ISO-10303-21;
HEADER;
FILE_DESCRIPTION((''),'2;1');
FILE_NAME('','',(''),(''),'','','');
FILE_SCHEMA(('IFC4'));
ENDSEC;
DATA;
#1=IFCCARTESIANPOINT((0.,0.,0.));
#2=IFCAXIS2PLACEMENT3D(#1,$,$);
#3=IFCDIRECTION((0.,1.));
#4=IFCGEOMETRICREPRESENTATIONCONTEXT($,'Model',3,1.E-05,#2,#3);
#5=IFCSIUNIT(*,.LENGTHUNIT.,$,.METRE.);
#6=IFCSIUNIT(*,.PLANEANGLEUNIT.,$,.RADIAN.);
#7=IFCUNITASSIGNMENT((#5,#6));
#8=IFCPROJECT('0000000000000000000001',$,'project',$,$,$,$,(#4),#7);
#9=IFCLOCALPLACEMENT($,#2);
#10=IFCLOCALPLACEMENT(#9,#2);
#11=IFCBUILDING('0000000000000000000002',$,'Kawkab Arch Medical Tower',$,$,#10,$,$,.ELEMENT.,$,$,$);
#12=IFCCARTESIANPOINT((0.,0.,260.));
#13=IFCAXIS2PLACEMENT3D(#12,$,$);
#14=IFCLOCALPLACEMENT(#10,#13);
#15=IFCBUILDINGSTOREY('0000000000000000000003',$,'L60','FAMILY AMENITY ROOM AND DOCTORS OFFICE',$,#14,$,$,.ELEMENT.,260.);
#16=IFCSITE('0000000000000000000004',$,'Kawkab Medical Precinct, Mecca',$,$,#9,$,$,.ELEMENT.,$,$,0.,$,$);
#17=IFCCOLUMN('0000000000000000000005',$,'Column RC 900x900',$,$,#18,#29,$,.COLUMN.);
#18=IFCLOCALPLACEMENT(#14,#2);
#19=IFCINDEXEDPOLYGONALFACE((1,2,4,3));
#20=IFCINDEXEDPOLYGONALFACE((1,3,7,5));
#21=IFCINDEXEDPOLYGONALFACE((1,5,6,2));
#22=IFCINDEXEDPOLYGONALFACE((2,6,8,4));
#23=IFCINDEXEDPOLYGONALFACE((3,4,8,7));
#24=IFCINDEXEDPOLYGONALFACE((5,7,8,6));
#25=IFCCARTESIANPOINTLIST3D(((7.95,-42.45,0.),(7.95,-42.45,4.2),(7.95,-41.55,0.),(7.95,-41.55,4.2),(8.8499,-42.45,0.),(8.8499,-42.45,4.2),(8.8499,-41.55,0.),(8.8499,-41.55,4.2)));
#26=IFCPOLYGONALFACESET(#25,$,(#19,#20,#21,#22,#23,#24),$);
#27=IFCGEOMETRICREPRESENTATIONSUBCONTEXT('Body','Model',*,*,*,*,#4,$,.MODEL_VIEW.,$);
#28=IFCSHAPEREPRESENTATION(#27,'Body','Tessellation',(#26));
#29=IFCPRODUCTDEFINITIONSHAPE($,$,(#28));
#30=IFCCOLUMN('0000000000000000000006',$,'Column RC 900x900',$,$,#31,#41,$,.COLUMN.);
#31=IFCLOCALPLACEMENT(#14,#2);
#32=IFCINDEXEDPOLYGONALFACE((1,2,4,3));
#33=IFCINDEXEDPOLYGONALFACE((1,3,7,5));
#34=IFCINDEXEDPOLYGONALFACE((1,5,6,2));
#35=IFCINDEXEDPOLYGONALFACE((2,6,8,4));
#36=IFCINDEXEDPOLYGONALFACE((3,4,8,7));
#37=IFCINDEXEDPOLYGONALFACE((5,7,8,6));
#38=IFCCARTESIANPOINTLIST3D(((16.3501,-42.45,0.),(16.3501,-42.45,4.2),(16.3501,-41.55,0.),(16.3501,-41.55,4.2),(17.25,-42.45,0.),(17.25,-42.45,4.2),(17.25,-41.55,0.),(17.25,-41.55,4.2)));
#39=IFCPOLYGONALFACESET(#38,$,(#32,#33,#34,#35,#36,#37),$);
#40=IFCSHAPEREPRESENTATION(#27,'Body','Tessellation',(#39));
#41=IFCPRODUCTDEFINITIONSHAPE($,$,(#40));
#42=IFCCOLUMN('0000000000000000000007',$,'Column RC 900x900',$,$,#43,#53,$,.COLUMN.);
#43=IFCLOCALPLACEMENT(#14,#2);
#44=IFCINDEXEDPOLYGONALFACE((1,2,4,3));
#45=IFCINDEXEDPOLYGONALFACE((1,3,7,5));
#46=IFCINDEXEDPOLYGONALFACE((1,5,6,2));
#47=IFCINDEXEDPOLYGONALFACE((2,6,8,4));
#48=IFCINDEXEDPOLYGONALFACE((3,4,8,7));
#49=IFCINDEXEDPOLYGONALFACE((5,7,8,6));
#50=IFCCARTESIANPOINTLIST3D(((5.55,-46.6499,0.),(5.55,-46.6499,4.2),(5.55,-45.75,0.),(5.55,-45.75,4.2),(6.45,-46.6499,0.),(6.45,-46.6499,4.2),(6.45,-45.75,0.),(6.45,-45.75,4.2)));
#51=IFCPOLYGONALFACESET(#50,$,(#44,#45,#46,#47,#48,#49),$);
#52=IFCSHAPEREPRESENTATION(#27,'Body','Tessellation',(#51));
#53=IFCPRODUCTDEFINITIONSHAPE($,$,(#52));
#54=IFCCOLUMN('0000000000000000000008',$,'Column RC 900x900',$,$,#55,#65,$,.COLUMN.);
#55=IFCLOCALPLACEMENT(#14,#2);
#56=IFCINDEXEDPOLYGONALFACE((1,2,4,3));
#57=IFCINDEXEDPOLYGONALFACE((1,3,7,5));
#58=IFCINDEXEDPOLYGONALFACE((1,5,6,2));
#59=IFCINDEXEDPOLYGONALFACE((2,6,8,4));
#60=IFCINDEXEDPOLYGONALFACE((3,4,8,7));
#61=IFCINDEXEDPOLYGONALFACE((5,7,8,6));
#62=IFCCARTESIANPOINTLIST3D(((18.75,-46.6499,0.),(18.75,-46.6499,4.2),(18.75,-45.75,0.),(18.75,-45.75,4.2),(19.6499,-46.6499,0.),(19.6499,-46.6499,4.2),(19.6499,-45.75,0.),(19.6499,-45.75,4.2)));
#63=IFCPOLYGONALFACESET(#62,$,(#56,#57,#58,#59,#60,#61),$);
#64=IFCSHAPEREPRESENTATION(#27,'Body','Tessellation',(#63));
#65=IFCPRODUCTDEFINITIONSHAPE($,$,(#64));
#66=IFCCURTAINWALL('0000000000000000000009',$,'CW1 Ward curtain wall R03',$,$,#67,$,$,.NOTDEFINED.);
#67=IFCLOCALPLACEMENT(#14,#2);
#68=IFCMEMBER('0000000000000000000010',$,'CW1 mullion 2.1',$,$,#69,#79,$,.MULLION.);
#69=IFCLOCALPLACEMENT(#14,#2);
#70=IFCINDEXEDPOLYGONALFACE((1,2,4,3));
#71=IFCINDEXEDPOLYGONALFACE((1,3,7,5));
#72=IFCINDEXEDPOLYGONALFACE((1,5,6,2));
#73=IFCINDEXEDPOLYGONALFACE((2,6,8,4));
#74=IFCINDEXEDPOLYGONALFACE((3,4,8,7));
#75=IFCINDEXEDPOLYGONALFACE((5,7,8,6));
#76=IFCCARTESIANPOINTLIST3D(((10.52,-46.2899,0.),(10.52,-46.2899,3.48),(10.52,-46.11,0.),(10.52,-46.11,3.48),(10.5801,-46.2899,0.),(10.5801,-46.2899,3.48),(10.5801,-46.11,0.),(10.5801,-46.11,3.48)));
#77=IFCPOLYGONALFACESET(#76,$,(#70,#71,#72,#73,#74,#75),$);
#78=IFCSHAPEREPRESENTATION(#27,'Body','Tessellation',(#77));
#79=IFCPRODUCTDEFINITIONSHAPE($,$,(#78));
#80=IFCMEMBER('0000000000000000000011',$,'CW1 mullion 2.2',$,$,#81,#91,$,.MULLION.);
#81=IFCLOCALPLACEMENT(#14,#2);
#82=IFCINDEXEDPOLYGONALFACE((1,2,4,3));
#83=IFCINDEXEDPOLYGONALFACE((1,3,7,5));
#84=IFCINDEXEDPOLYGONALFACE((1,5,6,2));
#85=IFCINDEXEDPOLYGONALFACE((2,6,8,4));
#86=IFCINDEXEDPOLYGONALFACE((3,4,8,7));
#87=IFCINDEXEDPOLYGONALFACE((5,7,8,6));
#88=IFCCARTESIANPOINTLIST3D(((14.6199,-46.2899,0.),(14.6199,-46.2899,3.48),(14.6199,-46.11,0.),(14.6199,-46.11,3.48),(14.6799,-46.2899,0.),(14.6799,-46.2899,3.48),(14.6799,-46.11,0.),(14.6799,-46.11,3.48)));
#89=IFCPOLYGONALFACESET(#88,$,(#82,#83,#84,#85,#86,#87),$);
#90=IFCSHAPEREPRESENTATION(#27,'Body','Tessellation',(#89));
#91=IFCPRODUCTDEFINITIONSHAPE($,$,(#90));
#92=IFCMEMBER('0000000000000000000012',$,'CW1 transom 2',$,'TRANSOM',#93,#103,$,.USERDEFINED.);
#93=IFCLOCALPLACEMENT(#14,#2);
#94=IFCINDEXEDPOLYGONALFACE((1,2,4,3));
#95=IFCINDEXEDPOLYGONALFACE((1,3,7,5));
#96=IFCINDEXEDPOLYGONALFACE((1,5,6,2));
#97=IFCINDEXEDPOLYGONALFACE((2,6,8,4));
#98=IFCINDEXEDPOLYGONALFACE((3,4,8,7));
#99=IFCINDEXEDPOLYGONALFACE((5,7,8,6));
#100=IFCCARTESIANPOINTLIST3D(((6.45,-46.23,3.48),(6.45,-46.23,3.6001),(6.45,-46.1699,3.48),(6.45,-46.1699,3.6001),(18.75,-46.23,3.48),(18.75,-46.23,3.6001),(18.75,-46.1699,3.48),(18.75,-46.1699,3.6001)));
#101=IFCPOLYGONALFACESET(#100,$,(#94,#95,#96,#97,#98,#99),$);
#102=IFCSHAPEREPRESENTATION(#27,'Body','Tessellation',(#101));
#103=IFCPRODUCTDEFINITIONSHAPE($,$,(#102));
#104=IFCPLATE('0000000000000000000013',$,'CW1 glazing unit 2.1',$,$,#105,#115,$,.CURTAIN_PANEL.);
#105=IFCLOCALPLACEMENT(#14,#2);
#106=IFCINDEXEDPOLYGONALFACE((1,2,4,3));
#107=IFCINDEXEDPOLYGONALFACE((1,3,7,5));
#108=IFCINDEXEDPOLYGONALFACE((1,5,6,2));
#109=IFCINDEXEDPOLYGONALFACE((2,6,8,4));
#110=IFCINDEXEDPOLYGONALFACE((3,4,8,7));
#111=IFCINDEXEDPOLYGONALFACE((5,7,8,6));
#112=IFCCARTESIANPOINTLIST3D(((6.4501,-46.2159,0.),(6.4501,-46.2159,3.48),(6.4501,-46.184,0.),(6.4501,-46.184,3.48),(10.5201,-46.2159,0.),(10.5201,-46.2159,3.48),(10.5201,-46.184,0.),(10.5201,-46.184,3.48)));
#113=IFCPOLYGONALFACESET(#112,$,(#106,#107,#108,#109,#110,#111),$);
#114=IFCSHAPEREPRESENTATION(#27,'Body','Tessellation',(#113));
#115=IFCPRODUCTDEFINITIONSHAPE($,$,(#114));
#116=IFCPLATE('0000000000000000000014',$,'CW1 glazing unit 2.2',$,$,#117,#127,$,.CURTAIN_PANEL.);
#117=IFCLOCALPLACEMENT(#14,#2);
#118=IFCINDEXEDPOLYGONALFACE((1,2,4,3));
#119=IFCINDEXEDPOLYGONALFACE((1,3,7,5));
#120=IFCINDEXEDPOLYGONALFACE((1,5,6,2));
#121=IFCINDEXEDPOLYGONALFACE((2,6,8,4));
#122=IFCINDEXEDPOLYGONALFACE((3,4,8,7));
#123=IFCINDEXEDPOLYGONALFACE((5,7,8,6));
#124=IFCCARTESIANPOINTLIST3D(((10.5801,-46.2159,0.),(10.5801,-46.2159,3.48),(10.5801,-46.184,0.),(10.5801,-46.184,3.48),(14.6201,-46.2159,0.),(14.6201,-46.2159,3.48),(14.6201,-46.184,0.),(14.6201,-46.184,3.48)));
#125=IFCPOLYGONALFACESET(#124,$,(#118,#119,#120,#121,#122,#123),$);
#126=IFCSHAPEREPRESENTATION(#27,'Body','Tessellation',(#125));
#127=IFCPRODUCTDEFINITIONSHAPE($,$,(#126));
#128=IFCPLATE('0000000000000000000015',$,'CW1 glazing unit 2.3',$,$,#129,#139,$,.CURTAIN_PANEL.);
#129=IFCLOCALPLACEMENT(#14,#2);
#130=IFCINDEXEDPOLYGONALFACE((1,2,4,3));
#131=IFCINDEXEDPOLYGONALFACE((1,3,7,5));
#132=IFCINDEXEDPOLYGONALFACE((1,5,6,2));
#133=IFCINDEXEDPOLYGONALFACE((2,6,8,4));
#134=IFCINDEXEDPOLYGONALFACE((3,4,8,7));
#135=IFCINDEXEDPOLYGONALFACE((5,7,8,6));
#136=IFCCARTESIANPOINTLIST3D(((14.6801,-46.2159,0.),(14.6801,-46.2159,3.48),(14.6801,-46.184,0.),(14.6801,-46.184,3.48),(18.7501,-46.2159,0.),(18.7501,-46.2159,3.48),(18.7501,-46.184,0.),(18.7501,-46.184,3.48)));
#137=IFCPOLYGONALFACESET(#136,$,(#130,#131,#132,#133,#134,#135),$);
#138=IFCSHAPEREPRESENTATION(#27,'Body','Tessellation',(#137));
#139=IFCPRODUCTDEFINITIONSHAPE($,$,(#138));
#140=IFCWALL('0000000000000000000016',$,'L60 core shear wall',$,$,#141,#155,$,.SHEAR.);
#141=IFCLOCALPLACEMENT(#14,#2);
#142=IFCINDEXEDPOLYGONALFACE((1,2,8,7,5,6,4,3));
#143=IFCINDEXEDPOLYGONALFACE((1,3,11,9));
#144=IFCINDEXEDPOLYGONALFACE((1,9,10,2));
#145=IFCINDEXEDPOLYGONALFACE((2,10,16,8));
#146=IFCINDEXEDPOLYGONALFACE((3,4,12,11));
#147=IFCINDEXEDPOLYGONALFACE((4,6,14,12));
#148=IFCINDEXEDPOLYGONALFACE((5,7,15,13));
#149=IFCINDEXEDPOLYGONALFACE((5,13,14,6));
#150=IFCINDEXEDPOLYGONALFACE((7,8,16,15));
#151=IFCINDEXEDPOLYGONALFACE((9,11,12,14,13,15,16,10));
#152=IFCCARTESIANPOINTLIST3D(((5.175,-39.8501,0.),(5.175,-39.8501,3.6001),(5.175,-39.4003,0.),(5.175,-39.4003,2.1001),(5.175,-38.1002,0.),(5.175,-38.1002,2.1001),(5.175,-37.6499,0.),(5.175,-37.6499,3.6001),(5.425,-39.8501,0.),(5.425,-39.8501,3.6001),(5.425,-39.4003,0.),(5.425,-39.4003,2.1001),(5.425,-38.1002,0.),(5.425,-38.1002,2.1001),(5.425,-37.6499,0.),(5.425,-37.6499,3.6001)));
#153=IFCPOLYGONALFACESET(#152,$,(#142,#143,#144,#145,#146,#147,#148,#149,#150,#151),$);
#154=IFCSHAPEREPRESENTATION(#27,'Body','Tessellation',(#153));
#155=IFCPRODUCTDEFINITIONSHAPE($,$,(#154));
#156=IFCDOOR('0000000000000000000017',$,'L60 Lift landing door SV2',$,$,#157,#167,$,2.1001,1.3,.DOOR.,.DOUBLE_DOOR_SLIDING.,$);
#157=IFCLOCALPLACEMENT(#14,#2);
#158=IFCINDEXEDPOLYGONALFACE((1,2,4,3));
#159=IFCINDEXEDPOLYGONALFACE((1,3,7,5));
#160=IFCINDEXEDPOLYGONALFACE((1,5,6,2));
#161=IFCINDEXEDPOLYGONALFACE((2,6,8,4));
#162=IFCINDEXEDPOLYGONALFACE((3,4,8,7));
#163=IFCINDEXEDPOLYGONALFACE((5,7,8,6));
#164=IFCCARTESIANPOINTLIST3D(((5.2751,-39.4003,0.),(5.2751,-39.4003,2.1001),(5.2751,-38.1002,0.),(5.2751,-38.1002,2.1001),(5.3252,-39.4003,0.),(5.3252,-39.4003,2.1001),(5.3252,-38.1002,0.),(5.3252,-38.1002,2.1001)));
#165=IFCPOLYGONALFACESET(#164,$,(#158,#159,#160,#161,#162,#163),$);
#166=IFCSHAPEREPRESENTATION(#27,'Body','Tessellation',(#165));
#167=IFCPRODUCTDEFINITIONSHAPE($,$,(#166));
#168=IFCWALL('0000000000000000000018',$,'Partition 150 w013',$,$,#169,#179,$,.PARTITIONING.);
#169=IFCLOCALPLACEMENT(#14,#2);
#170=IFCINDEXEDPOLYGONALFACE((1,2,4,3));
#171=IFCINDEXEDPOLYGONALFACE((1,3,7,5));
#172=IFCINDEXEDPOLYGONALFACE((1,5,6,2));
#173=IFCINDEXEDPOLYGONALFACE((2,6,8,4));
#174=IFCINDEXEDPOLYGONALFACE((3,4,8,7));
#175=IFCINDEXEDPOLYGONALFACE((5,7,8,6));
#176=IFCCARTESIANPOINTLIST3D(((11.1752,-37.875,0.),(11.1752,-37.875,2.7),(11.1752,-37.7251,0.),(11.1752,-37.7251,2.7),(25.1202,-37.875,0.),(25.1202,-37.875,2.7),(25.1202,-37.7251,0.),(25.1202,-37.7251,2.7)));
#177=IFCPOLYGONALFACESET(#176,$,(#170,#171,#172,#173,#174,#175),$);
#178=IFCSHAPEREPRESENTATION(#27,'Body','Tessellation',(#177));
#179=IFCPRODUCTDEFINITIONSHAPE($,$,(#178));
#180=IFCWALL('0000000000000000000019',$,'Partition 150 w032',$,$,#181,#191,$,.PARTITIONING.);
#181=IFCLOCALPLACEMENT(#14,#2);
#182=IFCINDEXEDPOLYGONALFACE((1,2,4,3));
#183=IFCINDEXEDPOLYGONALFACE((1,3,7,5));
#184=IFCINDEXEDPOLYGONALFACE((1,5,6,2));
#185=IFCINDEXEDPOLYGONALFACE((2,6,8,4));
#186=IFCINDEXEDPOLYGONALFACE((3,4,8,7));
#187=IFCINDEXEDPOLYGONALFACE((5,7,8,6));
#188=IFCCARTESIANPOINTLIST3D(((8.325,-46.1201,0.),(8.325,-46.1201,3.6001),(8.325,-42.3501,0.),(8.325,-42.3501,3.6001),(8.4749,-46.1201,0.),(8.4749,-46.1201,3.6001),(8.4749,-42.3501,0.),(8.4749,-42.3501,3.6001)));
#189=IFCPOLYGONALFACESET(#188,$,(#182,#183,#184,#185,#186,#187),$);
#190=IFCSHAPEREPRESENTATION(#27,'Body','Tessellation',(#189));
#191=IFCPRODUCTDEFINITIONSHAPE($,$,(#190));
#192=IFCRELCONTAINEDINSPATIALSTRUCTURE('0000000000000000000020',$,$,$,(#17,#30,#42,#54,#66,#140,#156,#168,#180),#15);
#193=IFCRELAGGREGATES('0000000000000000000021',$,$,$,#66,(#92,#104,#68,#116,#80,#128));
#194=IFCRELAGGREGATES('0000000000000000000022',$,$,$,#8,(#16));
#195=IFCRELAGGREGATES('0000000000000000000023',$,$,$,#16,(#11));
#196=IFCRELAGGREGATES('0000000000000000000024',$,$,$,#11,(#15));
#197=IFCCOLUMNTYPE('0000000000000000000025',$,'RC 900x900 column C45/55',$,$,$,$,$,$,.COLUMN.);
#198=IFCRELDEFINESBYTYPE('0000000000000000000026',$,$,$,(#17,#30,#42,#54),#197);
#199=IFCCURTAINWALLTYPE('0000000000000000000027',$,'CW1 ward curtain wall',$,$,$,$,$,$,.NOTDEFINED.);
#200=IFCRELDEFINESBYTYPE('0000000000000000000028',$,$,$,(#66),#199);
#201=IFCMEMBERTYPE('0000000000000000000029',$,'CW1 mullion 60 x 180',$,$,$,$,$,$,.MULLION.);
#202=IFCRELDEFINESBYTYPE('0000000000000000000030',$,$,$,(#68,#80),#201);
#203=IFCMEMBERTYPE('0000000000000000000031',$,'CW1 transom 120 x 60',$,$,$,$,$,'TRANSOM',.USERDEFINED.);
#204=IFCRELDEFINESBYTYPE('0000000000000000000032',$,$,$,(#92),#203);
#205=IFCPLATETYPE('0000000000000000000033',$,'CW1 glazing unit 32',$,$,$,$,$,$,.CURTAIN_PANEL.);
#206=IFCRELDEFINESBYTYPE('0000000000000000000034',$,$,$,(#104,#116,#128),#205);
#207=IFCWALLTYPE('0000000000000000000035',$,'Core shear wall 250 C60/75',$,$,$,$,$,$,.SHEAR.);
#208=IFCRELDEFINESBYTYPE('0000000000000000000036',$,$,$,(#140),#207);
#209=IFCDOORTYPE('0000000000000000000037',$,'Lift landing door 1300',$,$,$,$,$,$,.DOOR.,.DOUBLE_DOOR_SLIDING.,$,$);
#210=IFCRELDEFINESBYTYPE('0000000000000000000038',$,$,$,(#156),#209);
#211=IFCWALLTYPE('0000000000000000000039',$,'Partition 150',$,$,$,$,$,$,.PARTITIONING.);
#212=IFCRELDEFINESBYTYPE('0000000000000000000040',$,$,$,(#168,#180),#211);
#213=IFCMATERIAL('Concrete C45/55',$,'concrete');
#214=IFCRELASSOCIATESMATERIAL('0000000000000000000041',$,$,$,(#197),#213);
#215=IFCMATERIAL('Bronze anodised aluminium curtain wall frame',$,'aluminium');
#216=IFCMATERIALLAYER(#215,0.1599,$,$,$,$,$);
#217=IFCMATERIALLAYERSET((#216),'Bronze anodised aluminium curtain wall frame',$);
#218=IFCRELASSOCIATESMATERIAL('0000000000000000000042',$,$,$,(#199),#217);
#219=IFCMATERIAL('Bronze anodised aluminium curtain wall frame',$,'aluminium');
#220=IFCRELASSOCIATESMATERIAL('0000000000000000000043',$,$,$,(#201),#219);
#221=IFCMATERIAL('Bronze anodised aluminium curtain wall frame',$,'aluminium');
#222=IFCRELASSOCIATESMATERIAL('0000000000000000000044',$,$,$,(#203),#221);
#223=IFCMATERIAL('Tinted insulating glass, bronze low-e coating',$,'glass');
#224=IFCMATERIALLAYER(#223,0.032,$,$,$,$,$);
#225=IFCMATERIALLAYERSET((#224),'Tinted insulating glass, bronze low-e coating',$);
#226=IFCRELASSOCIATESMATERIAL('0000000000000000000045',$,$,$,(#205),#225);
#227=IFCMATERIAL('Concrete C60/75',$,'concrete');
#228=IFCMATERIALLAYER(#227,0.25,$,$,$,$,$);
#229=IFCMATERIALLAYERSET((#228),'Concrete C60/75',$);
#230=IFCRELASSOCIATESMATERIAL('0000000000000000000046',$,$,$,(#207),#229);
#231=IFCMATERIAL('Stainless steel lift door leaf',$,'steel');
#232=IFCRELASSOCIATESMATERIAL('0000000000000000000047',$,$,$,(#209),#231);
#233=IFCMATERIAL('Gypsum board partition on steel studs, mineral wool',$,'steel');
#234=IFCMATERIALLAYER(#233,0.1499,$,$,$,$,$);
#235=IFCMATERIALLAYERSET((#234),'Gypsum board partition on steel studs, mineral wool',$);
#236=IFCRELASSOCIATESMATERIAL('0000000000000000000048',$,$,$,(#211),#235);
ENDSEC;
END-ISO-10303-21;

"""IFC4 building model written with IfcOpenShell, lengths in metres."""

from ifc_helpers import new_model, si_unit, direction, frame, frame_2d, origin, origin_2d, place, context, subcontext, project, spatial, rectangle, extrude, material, layer, layer_set, material_profile, profile_set, type_object, element, fill, aggregate, save


model = new_model("IFC4")

# Units and contexts
model_context = context("Model", 3, precision=1e-05, world=origin(), true_north=direction((0.0, 1.0)))
body_context = subcontext(model_context, "Body", "Model", "MODEL_VIEW")
ifc_project = project(units=[si_unit("LENGTHUNIT", "METRE"), si_unit("PLANEANGLEUNIT", "RADIAN")], contexts=[model_context])

# Site, building, storey
site_placement = place(None, origin())
site = spatial("IfcSite", under=ifc_project, at=site_placement, Name="Kawkab Medical Precinct, Mecca", CompositionType="ELEMENT", RefElevation=0.0)
building_placement = place(site_placement, origin())
building = spatial("IfcBuilding", under=site, at=building_placement, Name="Kawkab Arch Medical Tower", CompositionType="ELEMENT")
storey_placement = place(building_placement, frame((0.0, 0.0, 260.0)))
storey = spatial("IfcBuildingStorey", under=building, at=storey_placement, Name="L60", Description="FAMILY AMENITY ROOM AND DOCTORS OFFICE", CompositionType="ELEMENT", Elevation=260.0)

# Columns
ifc_material_1 = material(Name="Concrete C45/55", Category="concrete")
ifc_material_profile_1 = material_profile(ifc_material_1, rectangle(XDim=0.8999, YDim=0.8999, at=origin_2d()), Name="RC 900x900")
ifc_profile_set_1 = profile_set([ifc_material_profile_1], Name="Concrete C45/55")
column_type = type_object("IfcColumnType", Name="RC 900x900 column C45/55", PredefinedType="COLUMN", material=ifc_profile_set_1)
for number, where, z_axis, x_axis, name in (
    (1, (8.3999, -42.0, 0.0), (0.0, 0.0, 1.0), (1.0, 0.0, 0.0), "Column RC 900x900"),
    (2, (16.8, -42.0, 0.0), (0.0, 0.0, 1.0), (1.0, 0.0, 0.0), "Column RC 900x900"),
    (3, (6.0, -46.2, 0.0), (0.0, 0.0, 1.0), (1.0, 0.0, 0.0), "Column RC 900x900"),
    (4, (19.2, -46.2, 0.0), (0.0, 0.0, 1.0), (1.0, 0.0, 0.0), "Column RC 900x900"),
):
    element("IfcColumn", number, at=place(storey_placement, frame(where, z_axis=z_axis, x_axis=x_axis)), inside=storey, type_object=column_type, Name=name, PredefinedType="COLUMN", context=body_context, shape_type="SweptSolid", body=[
        extrude(rectangle(XDim=0.8999, YDim=0.8999, at=origin_2d()), origin(), (0.0, 0.0, 1.0), 4.2),
    ])

# Curtain wall, members, plates
ifc_material_2 = material(Name="Bronze anodised aluminium curtain wall frame", Category="aluminium")
ifc_layer_1 = layer(ifc_material_2, 0.1599)
ifc_layer_set_1 = layer_set([ifc_layer_1], Name="Bronze anodised aluminium curtain wall frame")
curtain_wall_type = type_object("IfcCurtainWallType", Name="CW1 ward curtain wall", PredefinedType="NOTDEFINED", material=ifc_layer_set_1)
placement = place(storey_placement, origin())
curtain_wall = element("IfcCurtainWall", 5, at=placement, inside=storey, type_object=curtain_wall_type, Name="CW1 Ward curtain wall R03", PredefinedType="NOTDEFINED")
ifc_material_3 = material(Name="Bronze anodised aluminium curtain wall frame", Category="aluminium")
ifc_material_profile_2 = material_profile(ifc_material_3, rectangle(XDim=0.1799, YDim=0.0601, at=origin_2d()), Name="AL 60x180")
ifc_profile_set_2 = profile_set([ifc_material_profile_2], Name="Bronze anodised aluminium curtain wall frame")
member_type_1 = type_object("IfcMemberType", Name="CW1 mullion 60 x 180", PredefinedType="MULLION", material=ifc_profile_set_2)
member_1_placement = place(storey_placement, frame((10.55, -46.2, 0.0), z_axis=(0.0, 0.0, 1.0), x_axis=(0.0, 1.0, 0.0)))
member_1 = element("IfcMember", 6, at=member_1_placement, type_object=member_type_1, Name="CW1 mullion 2.1", PredefinedType="MULLION", context=body_context, shape_type="SweptSolid", body=[
    extrude(rectangle(XDim=0.1799, YDim=0.0601, at=origin_2d()), origin(), (0.0, 0.0, 1.0), 3.48),
])
member_2_placement = place(storey_placement, frame((14.6499, -46.2, 0.0), z_axis=(0.0, 0.0, 1.0), x_axis=(0.0, 1.0, 0.0)))
member_2 = element("IfcMember", 7, at=member_2_placement, type_object=member_type_1, Name="CW1 mullion 2.2", PredefinedType="MULLION", context=body_context, shape_type="SweptSolid", body=[
    extrude(rectangle(XDim=0.1799, YDim=0.0601, at=origin_2d()), origin(), (0.0, 0.0, 1.0), 3.48),
])
ifc_material_4 = material(Name="Bronze anodised aluminium curtain wall frame", Category="aluminium")
ifc_material_profile_3 = material_profile(ifc_material_4, rectangle(XDim=0.0601, YDim=0.1201, at=origin_2d()), Name="AL 60x120")
ifc_profile_set_3 = profile_set([ifc_material_profile_3], Name="Bronze anodised aluminium curtain wall frame")
member_type_2 = type_object("IfcMemberType", Name="CW1 transom 120 x 60", ElementType="TRANSOM", PredefinedType="USERDEFINED", material=ifc_profile_set_3)
member_3_placement = place(storey_placement, frame((6.45, -46.2, 3.54), z_axis=(1.0, 0.0, 0.0), x_axis=(0.0, 1.0, 0.0)))
member_3 = element("IfcMember", 8, at=member_3_placement, type_object=member_type_2, Name="CW1 transom 2", ObjectType="TRANSOM", PredefinedType="USERDEFINED", context=body_context, shape_type="SweptSolid", body=[
    extrude(rectangle(XDim=0.0601, YDim=0.1201, at=origin_2d()), origin(), (0.0, 0.0, 1.0), 12.3),
])
ifc_material_5 = material(Name="Tinted insulating glass, bronze low-e coating", Category="glass")
ifc_layer_2 = layer(ifc_material_5, 0.032)
ifc_layer_set_2 = layer_set([ifc_layer_2], Name="Tinted insulating glass, bronze low-e coating")
plate_type = type_object("IfcPlateType", Name="CW1 glazing unit 32", PredefinedType="CURTAIN_PANEL", material=ifc_layer_set_2)
plate_1_placement = place(storey_placement, frame((8.4851, -46.2, 0.0), z_axis=(0.0, 0.0, 1.0), x_axis=(1.0, 0.0, 0.0)))
plate_1 = element("IfcPlate", 9, at=plate_1_placement, type_object=plate_type, Name="CW1 glazing unit 2.1", PredefinedType="CURTAIN_PANEL", context=body_context, shape_type="SweptSolid", body=[
    extrude(rectangle(XDim=4.0701, YDim=0.032, at=origin_2d()), origin(), (0.0, 0.0, 1.0), 3.48),
])
plate_2_placement = place(storey_placement, frame((12.6001, -46.2, 0.0), z_axis=(0.0, 0.0, 1.0), x_axis=(1.0, 0.0, 0.0)))
plate_2 = element("IfcPlate", 10, at=plate_2_placement, type_object=plate_type, Name="CW1 glazing unit 2.2", PredefinedType="CURTAIN_PANEL", context=body_context, shape_type="SweptSolid", body=[
    extrude(rectangle(XDim=4.04, YDim=0.032, at=origin_2d()), origin(), (0.0, 0.0, 1.0), 3.48),
])
plate_3_placement = place(storey_placement, frame((16.7151, -46.2, 0.0), z_axis=(0.0, 0.0, 1.0), x_axis=(1.0, 0.0, 0.0)))
plate_3 = element("IfcPlate", 11, at=plate_3_placement, type_object=plate_type, Name="CW1 glazing unit 2.3", PredefinedType="CURTAIN_PANEL", context=body_context, shape_type="SweptSolid", body=[
    extrude(rectangle(XDim=4.0701, YDim=0.032, at=origin_2d()), origin(), (0.0, 0.0, 1.0), 3.48),
])
aggregate(curtain_wall, [member_3, plate_1, member_1, plate_2, member_2, plate_3])

# Wall, opening, door
ifc_material_6 = material(Name="Concrete C60/75", Category="concrete")
ifc_layer_3 = layer(ifc_material_6, 0.25)
ifc_layer_set_3 = layer_set([ifc_layer_3], Name="Concrete C60/75")
wall_type_1 = type_object("IfcWallType", Name="Core shear wall 250 C60/75", PredefinedType="SHEAR", material=ifc_layer_set_3)
wall_1_placement = place(storey_placement, frame((5.3, -39.8501, 0.0), z_axis=(0.0, 0.0, 1.0), x_axis=(0.0, 1.0, 0.0)))
wall_1 = element("IfcWall", 12, at=wall_1_placement, inside=storey, type_object=wall_type_1, Name="L60 core shear wall", PredefinedType="SHEAR", context=body_context, shape_type="SweptSolid", body=[
    extrude(rectangle(XDim=2.2002, YDim=0.25, at=frame_2d((1.1001, 0.0))), origin(), (0.0, 0.0, 1.0), 3.6001),
])
opening_1_placement = place(wall_1_placement, frame((0.45, 0.0, 0.0)))
opening_1 = element("IfcOpeningElement", 13, at=opening_1_placement, cuts=wall_1, PredefinedType="OPENING", context=body_context, shape_type="SweptSolid", body=[
    extrude(rectangle(XDim=1.3, YDim=2.1001, at=frame_2d((0.6499, 1.05))), frame((0.0, 0.135, 0.0), z_axis=(0.0, -1.0, 0.0), x_axis=(1.0, 0.0, 0.0)), (0.0, 0.0, 1.0), 0.27),
])
ifc_material_7 = material(Name="Stainless steel lift door leaf", Category="steel")
door_type_1 = type_object("IfcDoorType", Name="Lift landing door 1300", OperationType="DOUBLE_DOOR_SLIDING", PredefinedType="DOOR", material=ifc_material_7)
door_1_placement = place(opening_1_placement, origin())
door_1 = element("IfcDoor", 14, at=door_1_placement, inside=storey, type_object=door_type_1, Name="L60 Lift landing door SV2", OperationType="DOUBLE_DOOR_SLIDING", OverallHeight=2.1001, OverallWidth=1.3, PredefinedType="DOOR", context=body_context, shape_type="SweptSolid", body=[
    extrude(rectangle(XDim=1.3, YDim=2.1001, at=frame_2d((0.6499, 1.05))), frame((0.0, 0.0249, 0.0), z_axis=(0.0, -1.0, 0.0), x_axis=(1.0, 0.0, 0.0)), (0.0, 0.0, 1.0), 0.05),
])
fill(opening_1, door_1)

# Walls
ifc_material_8 = material(Name="Gypsum board partition on steel studs, mineral wool", Category="steel")
ifc_layer_4 = layer(ifc_material_8, 0.1499)
ifc_layer_set_4 = layer_set([ifc_layer_4], Name="Gypsum board partition on steel studs, mineral wool")
wall_type_2 = type_object("IfcWallType", Name="Partition 150", PredefinedType="PARTITIONING", material=ifc_layer_set_4)
wall_2_placement = place(storey_placement, frame((11.175, -37.8, 0.0), z_axis=(0.0, 0.0, 1.0), x_axis=(1.0, 0.0, 0.0)))
element("IfcWall", 15, at=wall_2_placement, inside=storey, type_object=wall_type_2, Name="Partition 150 w013", PredefinedType="PARTITIONING", context=body_context, shape_type="SweptSolid", body=[
    extrude(rectangle(XDim=13.9451, YDim=0.1499, at=frame_2d((6.9727, 0.0))), origin(), (0.0, 0.0, 1.0), 2.7),
])
wall_3_placement = place(storey_placement, frame((8.3999, -46.1201, 0.0), z_axis=(0.0, 0.0, 1.0), x_axis=(0.0, 1.0, 0.0)))
element("IfcWall", 16, at=wall_3_placement, inside=storey, type_object=wall_type_2, Name="Partition 150 w032", PredefinedType="PARTITIONING", context=body_context, shape_type="SweptSolid", body=[
    extrude(rectangle(XDim=3.77, YDim=0.1499, at=frame_2d((1.885, 0.0))), origin(), (0.0, 0.0, 1.0), 3.6001),
])

save(model, "model.ifc")
